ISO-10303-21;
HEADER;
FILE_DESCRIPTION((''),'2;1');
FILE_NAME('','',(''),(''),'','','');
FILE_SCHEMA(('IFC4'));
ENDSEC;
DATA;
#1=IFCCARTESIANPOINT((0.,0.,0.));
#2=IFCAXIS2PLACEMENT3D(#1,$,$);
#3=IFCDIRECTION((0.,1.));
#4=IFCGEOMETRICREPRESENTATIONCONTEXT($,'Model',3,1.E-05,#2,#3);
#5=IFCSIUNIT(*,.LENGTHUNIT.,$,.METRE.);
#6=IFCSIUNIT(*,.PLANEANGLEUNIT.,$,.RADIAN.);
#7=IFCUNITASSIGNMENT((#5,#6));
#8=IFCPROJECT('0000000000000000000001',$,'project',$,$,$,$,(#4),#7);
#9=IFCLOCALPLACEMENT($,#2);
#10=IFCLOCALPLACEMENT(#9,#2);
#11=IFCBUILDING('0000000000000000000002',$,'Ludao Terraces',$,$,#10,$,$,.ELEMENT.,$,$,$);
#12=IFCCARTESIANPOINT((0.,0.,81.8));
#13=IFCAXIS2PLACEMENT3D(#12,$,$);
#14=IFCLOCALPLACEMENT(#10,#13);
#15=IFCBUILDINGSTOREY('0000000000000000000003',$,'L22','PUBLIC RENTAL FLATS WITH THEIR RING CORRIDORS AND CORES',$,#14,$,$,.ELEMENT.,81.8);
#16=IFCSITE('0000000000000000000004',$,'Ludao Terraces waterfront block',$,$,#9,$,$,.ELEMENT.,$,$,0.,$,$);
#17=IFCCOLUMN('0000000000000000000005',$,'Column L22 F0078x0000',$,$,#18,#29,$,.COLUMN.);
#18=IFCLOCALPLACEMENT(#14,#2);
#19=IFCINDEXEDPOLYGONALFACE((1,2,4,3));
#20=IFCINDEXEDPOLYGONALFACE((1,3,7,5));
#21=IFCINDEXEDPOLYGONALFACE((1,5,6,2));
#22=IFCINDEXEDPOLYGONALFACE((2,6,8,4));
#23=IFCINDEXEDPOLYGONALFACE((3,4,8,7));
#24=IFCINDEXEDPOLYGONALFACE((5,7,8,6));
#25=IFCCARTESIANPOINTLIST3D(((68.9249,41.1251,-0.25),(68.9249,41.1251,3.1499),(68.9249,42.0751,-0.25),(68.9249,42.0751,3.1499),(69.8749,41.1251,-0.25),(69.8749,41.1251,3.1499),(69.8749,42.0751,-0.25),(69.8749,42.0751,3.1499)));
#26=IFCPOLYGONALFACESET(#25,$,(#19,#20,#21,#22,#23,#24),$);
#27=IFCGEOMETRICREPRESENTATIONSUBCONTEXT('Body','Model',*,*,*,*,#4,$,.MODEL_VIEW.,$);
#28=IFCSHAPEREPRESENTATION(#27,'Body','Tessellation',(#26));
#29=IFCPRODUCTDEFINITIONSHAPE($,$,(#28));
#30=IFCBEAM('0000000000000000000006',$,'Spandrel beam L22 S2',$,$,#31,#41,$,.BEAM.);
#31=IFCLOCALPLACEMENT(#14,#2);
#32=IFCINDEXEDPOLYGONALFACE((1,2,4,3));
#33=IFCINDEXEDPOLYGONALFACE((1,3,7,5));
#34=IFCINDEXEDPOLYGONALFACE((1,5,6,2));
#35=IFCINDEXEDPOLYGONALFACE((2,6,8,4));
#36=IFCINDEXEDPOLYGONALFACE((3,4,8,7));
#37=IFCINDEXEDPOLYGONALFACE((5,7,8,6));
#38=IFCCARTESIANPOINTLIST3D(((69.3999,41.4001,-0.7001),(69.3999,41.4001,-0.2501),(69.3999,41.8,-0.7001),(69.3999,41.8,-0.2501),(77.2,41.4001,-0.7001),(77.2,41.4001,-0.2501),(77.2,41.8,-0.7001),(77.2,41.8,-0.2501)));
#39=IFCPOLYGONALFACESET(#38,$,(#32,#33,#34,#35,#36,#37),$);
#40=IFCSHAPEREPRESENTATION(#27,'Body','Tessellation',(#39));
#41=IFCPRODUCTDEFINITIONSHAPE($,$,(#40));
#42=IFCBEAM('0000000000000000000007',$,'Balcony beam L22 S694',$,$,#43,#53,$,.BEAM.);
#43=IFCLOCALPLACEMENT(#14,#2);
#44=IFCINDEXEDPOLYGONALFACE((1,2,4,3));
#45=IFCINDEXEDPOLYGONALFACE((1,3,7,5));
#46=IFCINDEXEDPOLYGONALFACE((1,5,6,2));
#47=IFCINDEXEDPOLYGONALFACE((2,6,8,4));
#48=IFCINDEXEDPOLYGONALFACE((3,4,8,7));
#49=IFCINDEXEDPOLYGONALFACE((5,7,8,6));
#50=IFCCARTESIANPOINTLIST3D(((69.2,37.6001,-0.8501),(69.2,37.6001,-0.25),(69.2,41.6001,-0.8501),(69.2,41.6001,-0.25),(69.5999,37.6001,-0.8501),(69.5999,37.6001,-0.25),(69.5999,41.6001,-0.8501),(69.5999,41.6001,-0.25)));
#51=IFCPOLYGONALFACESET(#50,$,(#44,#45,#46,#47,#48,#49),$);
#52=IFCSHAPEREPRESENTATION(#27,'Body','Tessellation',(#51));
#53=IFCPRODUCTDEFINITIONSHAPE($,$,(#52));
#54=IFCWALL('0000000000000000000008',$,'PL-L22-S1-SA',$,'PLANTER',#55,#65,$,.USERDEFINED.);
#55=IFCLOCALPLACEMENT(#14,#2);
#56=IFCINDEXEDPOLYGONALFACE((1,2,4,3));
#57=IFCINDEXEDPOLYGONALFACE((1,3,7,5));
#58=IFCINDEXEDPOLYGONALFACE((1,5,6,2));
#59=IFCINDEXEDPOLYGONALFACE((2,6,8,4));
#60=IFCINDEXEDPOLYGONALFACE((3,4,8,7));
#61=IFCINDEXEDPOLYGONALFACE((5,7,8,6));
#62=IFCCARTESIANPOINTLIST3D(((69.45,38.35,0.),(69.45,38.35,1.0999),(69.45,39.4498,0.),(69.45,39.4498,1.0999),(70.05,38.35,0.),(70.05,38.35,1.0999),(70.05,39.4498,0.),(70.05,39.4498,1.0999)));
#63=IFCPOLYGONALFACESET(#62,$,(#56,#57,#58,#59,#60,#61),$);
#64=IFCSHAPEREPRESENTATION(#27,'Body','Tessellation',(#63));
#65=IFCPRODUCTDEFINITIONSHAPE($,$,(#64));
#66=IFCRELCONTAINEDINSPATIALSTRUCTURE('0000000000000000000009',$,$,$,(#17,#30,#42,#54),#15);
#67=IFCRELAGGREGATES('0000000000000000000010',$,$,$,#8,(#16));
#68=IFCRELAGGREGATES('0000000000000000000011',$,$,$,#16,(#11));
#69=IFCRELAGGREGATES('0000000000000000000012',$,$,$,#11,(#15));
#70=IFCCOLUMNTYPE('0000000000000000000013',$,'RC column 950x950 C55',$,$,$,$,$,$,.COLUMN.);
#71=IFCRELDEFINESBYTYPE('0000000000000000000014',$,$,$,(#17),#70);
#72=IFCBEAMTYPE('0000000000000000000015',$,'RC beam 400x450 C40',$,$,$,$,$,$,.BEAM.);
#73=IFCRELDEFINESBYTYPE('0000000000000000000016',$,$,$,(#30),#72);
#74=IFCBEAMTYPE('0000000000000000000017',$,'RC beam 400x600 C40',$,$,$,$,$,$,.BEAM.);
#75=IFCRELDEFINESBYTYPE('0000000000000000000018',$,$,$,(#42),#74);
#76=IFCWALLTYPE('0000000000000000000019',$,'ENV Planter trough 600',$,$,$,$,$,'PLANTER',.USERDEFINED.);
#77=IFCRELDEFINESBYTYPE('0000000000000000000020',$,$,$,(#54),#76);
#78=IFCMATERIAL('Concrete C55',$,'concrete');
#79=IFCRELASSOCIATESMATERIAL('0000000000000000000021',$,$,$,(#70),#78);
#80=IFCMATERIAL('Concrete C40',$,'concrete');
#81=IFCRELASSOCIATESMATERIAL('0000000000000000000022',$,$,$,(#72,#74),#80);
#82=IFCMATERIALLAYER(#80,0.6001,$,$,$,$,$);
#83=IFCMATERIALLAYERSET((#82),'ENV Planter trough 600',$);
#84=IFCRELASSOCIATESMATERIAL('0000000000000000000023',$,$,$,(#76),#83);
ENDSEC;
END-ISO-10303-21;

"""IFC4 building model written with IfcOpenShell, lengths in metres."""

from ifc_helpers import new_model, si_unit, direction, frame, frame_2d, origin, origin_2d, place, context, subcontext, project, spatial, rectangle, extrude, material, layer, layer_set, material_profile, profile_set, type_object, element, save


model = new_model("IFC4")

# Units and contexts
model_context = context("Model", 3, precision=1e-05, world=origin(), true_north=direction((0.0, 1.0)))
body_context = subcontext(model_context, "Body", "Model", "MODEL_VIEW")
ifc_project = project(units=[si_unit("LENGTHUNIT", "METRE"), si_unit("PLANEANGLEUNIT", "RADIAN")], contexts=[model_context])

# Site, building, storey
site_placement = place(None, origin())
site = spatial("IfcSite", under=ifc_project, at=site_placement, Name="Ludao Terraces waterfront block", CompositionType="ELEMENT", RefElevation=0.0)
building_placement = place(site_placement, origin())
building = spatial("IfcBuilding", under=site, at=building_placement, Name="Ludao Terraces", CompositionType="ELEMENT")
storey_placement = place(building_placement, frame((0.0, 0.0, 81.8)))
storey = spatial("IfcBuildingStorey", under=building, at=storey_placement, Name="L22", Description="PUBLIC RENTAL FLATS WITH THEIR RING CORRIDORS AND CORES", CompositionType="ELEMENT", Elevation=81.8)

# Column
ifc_material_1 = material(Name="Concrete C55", Category="concrete")
ifc_material_profile_1 = material_profile(ifc_material_1, rectangle(XDim=0.95, YDim=0.95, at=origin_2d()), Name="950 X 950")
ifc_profile_set_1 = profile_set([ifc_material_profile_1], Name="Concrete C55")
column_type = type_object("IfcColumnType", Name="RC column 950x950 C55", PredefinedType="COLUMN", material=ifc_profile_set_1)
column_placement = place(storey_placement, frame((69.3999, 41.6001, -0.25), z_axis=(0.0, 0.0, 1.0), x_axis=(1.0, 0.0, 0.0)))
element("IfcColumn", 1, at=column_placement, inside=storey, type_object=column_type, Name="Column L22 F0078x0000", PredefinedType="COLUMN", context=body_context, shape_type="SweptSolid", body=[
    extrude(rectangle(XDim=0.95, YDim=0.95, at=origin_2d()), origin(), (0.0, 0.0, 1.0), 3.3999),
])

# Beams
ifc_material_2 = material(Name="Concrete C40", Category="concrete")
ifc_material_profile_2 = material_profile(ifc_material_2, rectangle(XDim=0.3999, YDim=0.45, at=origin_2d()), Name="400 X 450")
ifc_profile_set_2 = profile_set([ifc_material_profile_2], Name="Concrete C40")
beam_type_1 = type_object("IfcBeamType", Name="RC beam 400x450 C40", PredefinedType="BEAM", material=ifc_profile_set_2)
beam_1_placement = place(storey_placement, frame((69.3999, 41.6001, -0.4751), z_axis=(1.0, 0.0, 0.0), x_axis=(0.0, 1.0, 0.0)))
element("IfcBeam", 2, at=beam_1_placement, inside=storey, type_object=beam_type_1, Name="Spandrel beam L22 S2", PredefinedType="BEAM", context=body_context, shape_type="SweptSolid", body=[
    extrude(rectangle(XDim=0.3999, YDim=0.45, at=origin_2d()), origin(), (0.0, 0.0, 1.0), 7.8),
])
ifc_material_profile_3 = material_profile(ifc_material_2, rectangle(XDim=0.3999, YDim=0.6001, at=origin_2d()), Name="400 X 600")
ifc_profile_set_3 = profile_set([ifc_material_profile_3], Name="Concrete C40")
beam_type_2 = type_object("IfcBeamType", Name="RC beam 400x600 C40", PredefinedType="BEAM", material=ifc_profile_set_3)
beam_2_placement = place(storey_placement, frame((69.3999, 41.6001, -0.55), z_axis=(0.0, -1.0, 0.0), x_axis=(1.0, 0.0, 0.0)))
element("IfcBeam", 3, at=beam_2_placement, inside=storey, type_object=beam_type_2, Name="Balcony beam L22 S694", PredefinedType="BEAM", context=body_context, shape_type="SweptSolid", body=[
    extrude(rectangle(XDim=0.3999, YDim=0.6001, at=origin_2d()), origin(), (0.0, 0.0, 1.0), 4.0),
])

# Wall
ifc_layer_1 = layer(ifc_material_2, 0.6001)
ifc_layer_set_1 = layer_set([ifc_layer_1], Name="ENV Planter trough 600")
wall_type_1 = type_object("IfcWallType", Name="ENV Planter trough 600", ElementType="PLANTER", PredefinedType="USERDEFINED", material=ifc_layer_set_1)
wall_1_placement = place(storey_placement, frame((69.75, 38.3501, 0.0), z_axis=(0.0, 0.0, 1.0), x_axis=(0.0, 1.0, 0.0)))
element("IfcWall", 4, at=wall_1_placement, inside=storey, type_object=wall_type_1, Name="PL-L22-S1-SA", ObjectType="PLANTER", PredefinedType="USERDEFINED", context=body_context, shape_type="SweptSolid", body=[
    extrude(rectangle(XDim=1.0999, YDim=0.6001, at=frame_2d((0.5498, 0.0))), origin(), (0.0, 0.0, 1.0), 1.0999),
])

save(model, "model.ifc")
